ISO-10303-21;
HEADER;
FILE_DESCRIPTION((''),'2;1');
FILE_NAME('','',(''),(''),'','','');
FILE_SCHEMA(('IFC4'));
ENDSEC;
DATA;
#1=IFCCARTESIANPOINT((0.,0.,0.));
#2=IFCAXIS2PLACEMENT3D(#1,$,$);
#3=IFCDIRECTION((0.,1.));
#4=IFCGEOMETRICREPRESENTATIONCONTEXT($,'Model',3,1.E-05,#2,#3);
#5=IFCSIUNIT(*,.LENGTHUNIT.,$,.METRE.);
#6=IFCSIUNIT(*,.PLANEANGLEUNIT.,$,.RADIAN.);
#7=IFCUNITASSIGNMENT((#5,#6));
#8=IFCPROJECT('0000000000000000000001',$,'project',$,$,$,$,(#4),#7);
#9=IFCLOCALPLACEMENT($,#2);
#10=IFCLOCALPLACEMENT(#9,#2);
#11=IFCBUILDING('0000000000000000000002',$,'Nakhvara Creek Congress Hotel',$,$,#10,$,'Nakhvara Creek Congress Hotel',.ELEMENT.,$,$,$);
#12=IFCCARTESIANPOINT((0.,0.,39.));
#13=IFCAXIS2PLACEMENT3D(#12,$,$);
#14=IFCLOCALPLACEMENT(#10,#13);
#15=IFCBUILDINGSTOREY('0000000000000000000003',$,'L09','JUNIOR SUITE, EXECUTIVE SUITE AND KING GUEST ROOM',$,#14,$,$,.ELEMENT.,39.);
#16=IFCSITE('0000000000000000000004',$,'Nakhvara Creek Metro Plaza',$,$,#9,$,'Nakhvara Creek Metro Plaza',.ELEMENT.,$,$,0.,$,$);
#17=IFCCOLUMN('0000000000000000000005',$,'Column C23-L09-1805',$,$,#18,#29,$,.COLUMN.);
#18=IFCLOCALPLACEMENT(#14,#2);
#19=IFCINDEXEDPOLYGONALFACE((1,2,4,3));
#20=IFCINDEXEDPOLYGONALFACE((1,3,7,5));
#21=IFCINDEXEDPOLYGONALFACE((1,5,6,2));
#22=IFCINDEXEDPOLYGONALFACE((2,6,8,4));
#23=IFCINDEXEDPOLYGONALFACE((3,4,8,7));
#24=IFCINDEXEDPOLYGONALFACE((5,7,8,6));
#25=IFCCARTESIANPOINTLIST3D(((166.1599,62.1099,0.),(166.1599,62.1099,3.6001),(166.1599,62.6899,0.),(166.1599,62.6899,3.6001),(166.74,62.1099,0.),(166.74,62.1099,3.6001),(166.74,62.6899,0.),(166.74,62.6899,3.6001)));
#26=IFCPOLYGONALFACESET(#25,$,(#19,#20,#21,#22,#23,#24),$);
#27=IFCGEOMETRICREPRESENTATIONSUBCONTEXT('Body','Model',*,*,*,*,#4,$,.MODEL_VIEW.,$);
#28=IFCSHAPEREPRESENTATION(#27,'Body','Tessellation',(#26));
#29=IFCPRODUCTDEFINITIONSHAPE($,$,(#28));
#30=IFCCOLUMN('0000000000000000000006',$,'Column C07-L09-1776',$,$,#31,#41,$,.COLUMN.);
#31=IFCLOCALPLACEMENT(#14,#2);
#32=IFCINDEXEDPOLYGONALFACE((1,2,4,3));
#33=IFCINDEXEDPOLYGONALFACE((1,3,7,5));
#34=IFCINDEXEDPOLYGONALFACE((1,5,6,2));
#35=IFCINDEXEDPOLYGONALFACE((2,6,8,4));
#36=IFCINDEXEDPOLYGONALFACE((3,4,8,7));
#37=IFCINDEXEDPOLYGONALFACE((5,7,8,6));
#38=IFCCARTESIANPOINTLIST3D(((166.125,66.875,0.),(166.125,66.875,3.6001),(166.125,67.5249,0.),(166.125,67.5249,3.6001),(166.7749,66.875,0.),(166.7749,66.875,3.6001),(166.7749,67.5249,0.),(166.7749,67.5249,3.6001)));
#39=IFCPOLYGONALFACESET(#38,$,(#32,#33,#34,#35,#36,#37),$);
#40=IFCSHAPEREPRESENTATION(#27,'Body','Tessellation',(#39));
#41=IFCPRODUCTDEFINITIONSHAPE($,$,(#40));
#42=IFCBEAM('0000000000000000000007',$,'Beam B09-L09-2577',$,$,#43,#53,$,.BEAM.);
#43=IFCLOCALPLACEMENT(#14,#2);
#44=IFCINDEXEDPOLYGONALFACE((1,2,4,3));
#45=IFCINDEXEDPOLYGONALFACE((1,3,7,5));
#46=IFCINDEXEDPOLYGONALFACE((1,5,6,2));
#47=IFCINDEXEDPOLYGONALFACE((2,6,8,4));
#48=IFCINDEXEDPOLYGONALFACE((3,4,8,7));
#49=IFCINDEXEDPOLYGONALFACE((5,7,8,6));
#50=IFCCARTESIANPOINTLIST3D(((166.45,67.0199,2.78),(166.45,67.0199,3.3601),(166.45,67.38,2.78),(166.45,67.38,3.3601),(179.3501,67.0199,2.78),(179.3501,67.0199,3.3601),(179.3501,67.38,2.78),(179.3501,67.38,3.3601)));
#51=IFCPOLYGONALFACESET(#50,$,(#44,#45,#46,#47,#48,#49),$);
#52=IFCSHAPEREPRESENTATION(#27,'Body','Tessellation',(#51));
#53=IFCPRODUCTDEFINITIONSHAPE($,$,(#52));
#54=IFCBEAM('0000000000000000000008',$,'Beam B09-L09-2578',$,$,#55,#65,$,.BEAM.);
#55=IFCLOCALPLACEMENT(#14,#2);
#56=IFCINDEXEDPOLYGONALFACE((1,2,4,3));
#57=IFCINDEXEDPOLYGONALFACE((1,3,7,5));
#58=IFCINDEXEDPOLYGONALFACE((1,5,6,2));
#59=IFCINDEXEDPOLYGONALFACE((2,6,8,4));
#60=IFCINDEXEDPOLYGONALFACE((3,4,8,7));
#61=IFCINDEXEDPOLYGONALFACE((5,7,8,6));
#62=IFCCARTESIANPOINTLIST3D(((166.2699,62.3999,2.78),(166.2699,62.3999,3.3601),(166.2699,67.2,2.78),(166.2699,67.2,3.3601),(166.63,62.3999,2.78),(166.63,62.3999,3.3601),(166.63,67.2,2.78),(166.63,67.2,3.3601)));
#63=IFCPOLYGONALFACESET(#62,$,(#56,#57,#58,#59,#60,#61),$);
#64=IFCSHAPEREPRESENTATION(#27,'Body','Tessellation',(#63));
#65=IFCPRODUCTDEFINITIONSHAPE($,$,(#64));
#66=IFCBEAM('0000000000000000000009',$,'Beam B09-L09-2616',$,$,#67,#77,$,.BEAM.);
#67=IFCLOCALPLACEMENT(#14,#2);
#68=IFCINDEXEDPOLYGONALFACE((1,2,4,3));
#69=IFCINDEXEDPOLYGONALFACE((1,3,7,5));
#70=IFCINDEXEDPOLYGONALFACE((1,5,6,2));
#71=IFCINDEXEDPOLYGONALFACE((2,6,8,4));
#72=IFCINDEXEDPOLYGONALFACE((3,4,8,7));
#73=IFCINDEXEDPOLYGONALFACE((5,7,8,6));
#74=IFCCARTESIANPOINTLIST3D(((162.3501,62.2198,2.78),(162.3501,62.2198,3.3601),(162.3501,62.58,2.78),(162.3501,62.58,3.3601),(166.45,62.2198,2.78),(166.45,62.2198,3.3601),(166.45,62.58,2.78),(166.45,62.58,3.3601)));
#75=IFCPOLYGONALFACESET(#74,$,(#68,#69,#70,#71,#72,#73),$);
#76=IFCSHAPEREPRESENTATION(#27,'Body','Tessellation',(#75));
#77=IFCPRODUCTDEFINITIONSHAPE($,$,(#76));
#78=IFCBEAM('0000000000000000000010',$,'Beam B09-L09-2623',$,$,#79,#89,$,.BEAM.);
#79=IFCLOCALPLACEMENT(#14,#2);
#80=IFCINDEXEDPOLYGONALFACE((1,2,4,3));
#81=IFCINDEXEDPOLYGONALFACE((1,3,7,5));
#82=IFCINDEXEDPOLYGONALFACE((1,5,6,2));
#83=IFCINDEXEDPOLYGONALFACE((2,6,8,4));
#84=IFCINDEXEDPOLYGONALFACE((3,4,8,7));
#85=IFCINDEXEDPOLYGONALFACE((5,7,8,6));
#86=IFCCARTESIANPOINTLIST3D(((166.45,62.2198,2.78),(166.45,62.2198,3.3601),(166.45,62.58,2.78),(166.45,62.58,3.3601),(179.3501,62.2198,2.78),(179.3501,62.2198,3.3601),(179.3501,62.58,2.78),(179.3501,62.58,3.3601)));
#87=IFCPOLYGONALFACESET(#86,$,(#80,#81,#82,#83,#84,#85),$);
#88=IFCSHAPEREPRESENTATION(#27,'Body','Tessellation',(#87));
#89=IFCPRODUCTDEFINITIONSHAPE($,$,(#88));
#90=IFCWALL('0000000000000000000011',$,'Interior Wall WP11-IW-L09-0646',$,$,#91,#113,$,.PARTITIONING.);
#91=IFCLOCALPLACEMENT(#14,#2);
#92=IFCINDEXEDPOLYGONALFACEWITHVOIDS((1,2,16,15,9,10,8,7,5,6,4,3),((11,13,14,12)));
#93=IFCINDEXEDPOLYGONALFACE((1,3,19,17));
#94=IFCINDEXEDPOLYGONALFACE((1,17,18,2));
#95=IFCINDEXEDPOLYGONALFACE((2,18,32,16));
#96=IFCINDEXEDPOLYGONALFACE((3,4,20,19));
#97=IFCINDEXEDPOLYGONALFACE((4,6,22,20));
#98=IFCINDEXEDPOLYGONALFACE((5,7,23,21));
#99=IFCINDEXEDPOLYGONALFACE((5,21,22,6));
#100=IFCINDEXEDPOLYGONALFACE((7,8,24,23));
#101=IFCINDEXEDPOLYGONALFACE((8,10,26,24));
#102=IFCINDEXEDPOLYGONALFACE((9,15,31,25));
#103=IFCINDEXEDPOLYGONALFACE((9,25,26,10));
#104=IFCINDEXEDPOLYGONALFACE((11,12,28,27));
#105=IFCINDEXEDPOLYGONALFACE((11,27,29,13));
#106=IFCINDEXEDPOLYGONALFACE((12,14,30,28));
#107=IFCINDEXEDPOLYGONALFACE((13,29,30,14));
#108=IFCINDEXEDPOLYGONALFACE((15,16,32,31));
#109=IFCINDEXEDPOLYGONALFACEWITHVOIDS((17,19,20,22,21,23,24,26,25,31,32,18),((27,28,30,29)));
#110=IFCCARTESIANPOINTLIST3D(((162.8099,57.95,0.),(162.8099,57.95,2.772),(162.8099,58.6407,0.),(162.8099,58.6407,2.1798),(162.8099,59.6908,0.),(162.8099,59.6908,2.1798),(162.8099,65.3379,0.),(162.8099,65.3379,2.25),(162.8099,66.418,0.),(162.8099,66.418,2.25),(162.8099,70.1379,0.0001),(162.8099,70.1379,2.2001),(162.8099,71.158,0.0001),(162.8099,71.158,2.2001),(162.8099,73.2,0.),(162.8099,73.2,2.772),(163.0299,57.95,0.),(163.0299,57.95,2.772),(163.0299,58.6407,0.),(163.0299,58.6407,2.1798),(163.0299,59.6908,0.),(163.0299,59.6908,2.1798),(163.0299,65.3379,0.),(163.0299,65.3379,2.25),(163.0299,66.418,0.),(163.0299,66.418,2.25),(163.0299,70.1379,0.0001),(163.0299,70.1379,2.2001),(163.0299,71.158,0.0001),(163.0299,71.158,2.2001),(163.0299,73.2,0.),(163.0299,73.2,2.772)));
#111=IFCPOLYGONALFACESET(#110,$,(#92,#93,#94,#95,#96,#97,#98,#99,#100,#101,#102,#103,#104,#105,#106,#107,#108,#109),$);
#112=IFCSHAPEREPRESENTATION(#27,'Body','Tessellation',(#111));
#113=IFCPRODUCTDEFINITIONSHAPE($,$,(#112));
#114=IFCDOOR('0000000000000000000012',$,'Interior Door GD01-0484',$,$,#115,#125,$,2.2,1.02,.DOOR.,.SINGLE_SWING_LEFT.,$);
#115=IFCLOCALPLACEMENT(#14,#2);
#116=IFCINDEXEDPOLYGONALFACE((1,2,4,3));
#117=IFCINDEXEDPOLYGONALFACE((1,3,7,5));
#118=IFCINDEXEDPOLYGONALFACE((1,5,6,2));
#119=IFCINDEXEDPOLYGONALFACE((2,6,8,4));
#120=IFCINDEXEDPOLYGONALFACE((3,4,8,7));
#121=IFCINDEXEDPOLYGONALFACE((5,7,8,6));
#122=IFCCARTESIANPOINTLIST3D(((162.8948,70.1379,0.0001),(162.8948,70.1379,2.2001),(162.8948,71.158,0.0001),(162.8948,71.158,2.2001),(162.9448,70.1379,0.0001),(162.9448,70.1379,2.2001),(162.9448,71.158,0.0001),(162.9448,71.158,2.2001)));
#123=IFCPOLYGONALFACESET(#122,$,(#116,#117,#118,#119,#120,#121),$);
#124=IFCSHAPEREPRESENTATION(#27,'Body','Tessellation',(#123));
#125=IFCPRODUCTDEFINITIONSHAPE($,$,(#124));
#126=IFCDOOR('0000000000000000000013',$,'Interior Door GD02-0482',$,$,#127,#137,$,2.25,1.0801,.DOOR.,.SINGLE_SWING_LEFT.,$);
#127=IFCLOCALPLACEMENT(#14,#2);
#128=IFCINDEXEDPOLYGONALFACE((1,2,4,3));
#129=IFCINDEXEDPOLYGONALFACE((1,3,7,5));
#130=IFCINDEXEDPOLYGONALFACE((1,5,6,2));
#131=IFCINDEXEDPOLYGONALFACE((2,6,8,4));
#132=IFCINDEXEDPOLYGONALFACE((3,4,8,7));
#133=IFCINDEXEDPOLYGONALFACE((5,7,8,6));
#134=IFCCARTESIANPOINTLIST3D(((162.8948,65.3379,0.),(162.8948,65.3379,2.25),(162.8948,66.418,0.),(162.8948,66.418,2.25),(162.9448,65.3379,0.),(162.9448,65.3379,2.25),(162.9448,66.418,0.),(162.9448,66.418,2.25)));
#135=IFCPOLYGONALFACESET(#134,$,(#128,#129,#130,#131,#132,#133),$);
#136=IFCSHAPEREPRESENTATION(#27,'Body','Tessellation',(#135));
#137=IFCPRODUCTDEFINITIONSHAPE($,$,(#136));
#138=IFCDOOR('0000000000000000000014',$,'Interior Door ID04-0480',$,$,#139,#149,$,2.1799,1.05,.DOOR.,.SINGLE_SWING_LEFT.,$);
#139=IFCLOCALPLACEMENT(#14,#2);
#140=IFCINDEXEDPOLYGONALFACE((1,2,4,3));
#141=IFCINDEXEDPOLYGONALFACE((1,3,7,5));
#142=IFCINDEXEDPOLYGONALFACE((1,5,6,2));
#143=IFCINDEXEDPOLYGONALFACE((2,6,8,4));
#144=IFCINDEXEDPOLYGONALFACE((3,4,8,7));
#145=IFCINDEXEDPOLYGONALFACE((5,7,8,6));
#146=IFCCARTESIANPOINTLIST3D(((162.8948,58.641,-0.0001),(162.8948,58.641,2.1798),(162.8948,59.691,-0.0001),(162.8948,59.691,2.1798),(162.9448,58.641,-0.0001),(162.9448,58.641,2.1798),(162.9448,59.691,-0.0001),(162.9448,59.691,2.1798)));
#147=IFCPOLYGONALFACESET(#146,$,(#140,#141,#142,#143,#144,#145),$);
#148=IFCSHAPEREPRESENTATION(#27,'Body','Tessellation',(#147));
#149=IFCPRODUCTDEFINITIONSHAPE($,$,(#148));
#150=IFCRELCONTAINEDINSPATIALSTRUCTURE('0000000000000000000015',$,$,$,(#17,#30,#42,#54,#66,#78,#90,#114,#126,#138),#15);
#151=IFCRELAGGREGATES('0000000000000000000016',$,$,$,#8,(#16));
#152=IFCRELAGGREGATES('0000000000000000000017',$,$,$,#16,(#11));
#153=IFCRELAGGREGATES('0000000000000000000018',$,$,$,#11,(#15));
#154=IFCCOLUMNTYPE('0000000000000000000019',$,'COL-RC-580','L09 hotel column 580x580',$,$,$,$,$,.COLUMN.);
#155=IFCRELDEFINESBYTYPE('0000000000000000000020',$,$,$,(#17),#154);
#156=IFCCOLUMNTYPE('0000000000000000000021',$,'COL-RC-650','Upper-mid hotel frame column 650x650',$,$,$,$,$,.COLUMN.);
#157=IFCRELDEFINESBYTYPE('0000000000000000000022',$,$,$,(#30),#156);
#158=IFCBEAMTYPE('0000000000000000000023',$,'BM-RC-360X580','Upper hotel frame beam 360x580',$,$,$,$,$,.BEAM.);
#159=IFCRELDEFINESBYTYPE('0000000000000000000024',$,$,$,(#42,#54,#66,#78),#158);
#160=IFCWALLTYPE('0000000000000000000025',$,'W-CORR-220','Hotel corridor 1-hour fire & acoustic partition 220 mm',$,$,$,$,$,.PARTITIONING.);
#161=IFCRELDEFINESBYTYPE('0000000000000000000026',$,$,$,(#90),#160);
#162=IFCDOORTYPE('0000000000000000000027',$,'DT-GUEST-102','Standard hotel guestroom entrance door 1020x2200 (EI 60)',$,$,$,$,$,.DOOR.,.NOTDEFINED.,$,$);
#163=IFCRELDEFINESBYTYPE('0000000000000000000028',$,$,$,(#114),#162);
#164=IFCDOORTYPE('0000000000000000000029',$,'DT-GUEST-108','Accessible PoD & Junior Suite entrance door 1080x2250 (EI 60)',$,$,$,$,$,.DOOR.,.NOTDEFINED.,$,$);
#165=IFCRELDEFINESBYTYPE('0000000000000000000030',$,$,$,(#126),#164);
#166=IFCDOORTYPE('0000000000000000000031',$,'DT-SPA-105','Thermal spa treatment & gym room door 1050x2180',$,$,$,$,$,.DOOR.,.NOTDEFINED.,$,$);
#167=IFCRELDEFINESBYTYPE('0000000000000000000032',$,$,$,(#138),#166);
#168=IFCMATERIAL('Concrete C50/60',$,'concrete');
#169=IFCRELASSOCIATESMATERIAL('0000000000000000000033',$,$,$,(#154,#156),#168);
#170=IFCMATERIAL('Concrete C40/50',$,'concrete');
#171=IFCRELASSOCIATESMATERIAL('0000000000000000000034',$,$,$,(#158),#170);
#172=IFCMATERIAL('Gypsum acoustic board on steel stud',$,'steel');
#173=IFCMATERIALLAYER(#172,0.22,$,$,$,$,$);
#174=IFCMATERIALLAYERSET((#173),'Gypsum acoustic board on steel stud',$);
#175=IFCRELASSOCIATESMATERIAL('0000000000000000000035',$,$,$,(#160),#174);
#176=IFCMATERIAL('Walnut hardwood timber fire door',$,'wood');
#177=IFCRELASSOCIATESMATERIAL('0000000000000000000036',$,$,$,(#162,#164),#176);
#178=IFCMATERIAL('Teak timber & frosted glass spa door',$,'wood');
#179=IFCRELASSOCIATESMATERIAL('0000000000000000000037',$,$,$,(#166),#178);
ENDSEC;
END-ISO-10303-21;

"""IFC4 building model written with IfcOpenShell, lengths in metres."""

from ifc_helpers import new_model, si_unit, direction, frame, frame_2d, origin, origin_2d, place, context, subcontext, project, spatial, rectangle, extrude, material, layer, layer_set, material_profile, profile_set, type_object, element, fill, save


model = new_model("IFC4")

# Units and contexts
model_context = context("Model", 3, precision=1e-05, world=origin(), true_north=direction((0.0, 1.0)))
body_context = subcontext(model_context, "Body", "Model", "MODEL_VIEW")
ifc_project = project(units=[si_unit("LENGTHUNIT", "METRE"), si_unit("PLANEANGLEUNIT", "RADIAN")], contexts=[model_context])

# Site, building, storey
site_placement = place(None, origin())
site = spatial("IfcSite", under=ifc_project, at=site_placement, Name="Nakhvara Creek Metro Plaza", LongName="Nakhvara Creek Metro Plaza", CompositionType="ELEMENT", RefElevation=0.0)
building_placement = place(site_placement, origin())
building = spatial("IfcBuilding", under=site, at=building_placement, Name="Nakhvara Creek Congress Hotel", LongName="Nakhvara Creek Congress Hotel", CompositionType="ELEMENT")
storey_placement = place(building_placement, frame((0.0, 0.0, 39.0)))
storey = spatial("IfcBuildingStorey", under=building, at=storey_placement, Name="L09", Description="JUNIOR SUITE, EXECUTIVE SUITE AND KING GUEST ROOM", CompositionType="ELEMENT", Elevation=39.0)

# Columns
ifc_material_1 = material(Name="Concrete C50/60", Category="concrete")
ifc_material_profile_1 = material_profile(ifc_material_1, rectangle(XDim=0.5801, YDim=0.5801, at=origin_2d()), Name="RC-COL 580x580", Category="LoadBearing")
ifc_profile_set_1 = profile_set([ifc_material_profile_1], Name="Concrete C50/60")
column_type_1 = type_object("IfcColumnType", Name="COL-RC-580", Description="L09 hotel column 580x580", PredefinedType="COLUMN", material=ifc_profile_set_1)
column_1_placement = place(storey_placement, frame((166.45, 62.3999, 0.0), z_axis=(0.0, 0.0, 1.0), x_axis=(1.0, 0.0, 0.0)))
element("IfcColumn", 1, at=column_1_placement, inside=storey, type_object=column_type_1, Name="Column C23-L09-1805", PredefinedType="COLUMN", context=body_context, shape_type="SweptSolid", body=[
    extrude(rectangle(XDim=0.5801, YDim=0.5801, at=origin_2d()), origin(), (0.0, 0.0, 1.0), 3.6001),
])
ifc_material_profile_2 = material_profile(ifc_material_1, rectangle(XDim=0.6499, YDim=0.6499, at=origin_2d()), Name="RC-COL 650x650", Category="LoadBearing")
ifc_profile_set_2 = profile_set([ifc_material_profile_2], Name="Concrete C50/60")
column_type_2 = type_object("IfcColumnType", Name="COL-RC-650", Description="Upper-mid hotel frame column 650x650", PredefinedType="COLUMN", material=ifc_profile_set_2)
column_2_placement = place(storey_placement, frame((166.45, 67.2, 0.0), z_axis=(0.0, 0.0, 1.0), x_axis=(1.0, 0.0, 0.0)))
element("IfcColumn", 2, at=column_2_placement, inside=storey, type_object=column_type_2, Name="Column C07-L09-1776", PredefinedType="COLUMN", context=body_context, shape_type="SweptSolid", body=[
    extrude(rectangle(XDim=0.6499, YDim=0.6499, at=origin_2d()), origin(), (0.0, 0.0, 1.0), 3.6001),
])

# Beams
ifc_material_2 = material(Name="Concrete C40/50", Category="concrete")
ifc_material_profile_3 = material_profile(ifc_material_2, rectangle(XDim=0.3601, YDim=0.5801, at=origin_2d()), Name="RC-BM 360x580", Category="LoadBearing")
ifc_profile_set_3 = profile_set([ifc_material_profile_3], Name="Concrete C40/50")
beam_type = type_object("IfcBeamType", Name="BM-RC-360X580", Description="Upper hotel frame beam 360x580", PredefinedType="BEAM", material=ifc_profile_set_3)
beam_1_placement = place(storey_placement, frame((166.45, 67.2, 3.0701), z_axis=(1.0, 0.0, 0.0), x_axis=(0.0, 1.0, 0.0)))
element("IfcBeam", 3, at=beam_1_placement, inside=storey, type_object=beam_type, Name="Beam B09-L09-2577", PredefinedType="BEAM", context=body_context, shape_type="SweptSolid", body=[
    extrude(rectangle(XDim=0.3601, YDim=0.5801, at=origin_2d()), origin(), (0.0, 0.0, 1.0), 12.9001),
])
beam_2_placement = place(storey_placement, frame((166.45, 62.3999, 3.0701), z_axis=(0.0, 1.0, 0.0), x_axis=(-1.0, 0.0, 0.0)))
element("IfcBeam", 4, at=beam_2_placement, inside=storey, type_object=beam_type, Name="Beam B09-L09-2578", PredefinedType="BEAM", context=body_context, shape_type="SweptSolid", body=[
    extrude(rectangle(XDim=0.3601, YDim=0.5801, at=origin_2d()), origin(), (0.0, 0.0, 1.0), 4.8),
])
beam_3_placement = place(storey_placement, frame((162.3501, 62.3999, 3.0701), z_axis=(1.0, 0.0, 0.0), x_axis=(0.0, 1.0, 0.0)))
element("IfcBeam", 5, at=beam_3_placement, inside=storey, type_object=beam_type, Name="Beam B09-L09-2616", PredefinedType="BEAM", context=body_context, shape_type="SweptSolid", body=[
    extrude(rectangle(XDim=0.3601, YDim=0.5801, at=origin_2d()), origin(), (0.0, 0.0, 1.0), 4.0999),
])
beam_4_placement = place(storey_placement, frame((166.45, 62.3999, 3.0701), z_axis=(1.0, 0.0, 0.0), x_axis=(0.0, 1.0, 0.0)))
element("IfcBeam", 6, at=beam_4_placement, inside=storey, type_object=beam_type, Name="Beam B09-L09-2623", PredefinedType="BEAM", context=body_context, shape_type="SweptSolid", body=[
    extrude(rectangle(XDim=0.3601, YDim=0.5801, at=origin_2d()), origin(), (0.0, 0.0, 1.0), 12.9001),
])

# Wall, openings, doors
ifc_material_3 = material(Name="Gypsum acoustic board on steel stud", Category="steel")
ifc_layer = layer(ifc_material_3, 0.22)
ifc_layer_set = layer_set([ifc_layer], Name="Gypsum acoustic board on steel stud")
wall_type = type_object("IfcWallType", Name="W-CORR-220", Description="Hotel corridor 1-hour fire & acoustic partition 220 mm", PredefinedType="PARTITIONING", material=ifc_layer_set)
wall_1_placement = place(storey_placement, frame((162.9199, 57.95, 0.0), z_axis=(0.0, 0.0, 1.0), x_axis=(0.0, 1.0, 0.0)))
wall_1 = element("IfcWall", 7, at=wall_1_placement, inside=storey, type_object=wall_type, Name="Interior Wall WP11-IW-L09-0646", PredefinedType="PARTITIONING", context=body_context, shape_type="SweptSolid", body=[
    extrude(rectangle(XDim=15.25, YDim=0.22, at=frame_2d((7.625, 0.0))), origin(), (0.0, 0.0, 1.0), 2.772),
])
opening_1_placement = place(wall_1_placement, frame((0.6909, 0.0, 0.0)))
opening_1 = element("IfcOpeningElement", 8, at=opening_1_placement, cuts=wall_1, PredefinedType="OPENING", context=body_context, shape_type="SweptSolid", body=[
    extrude(rectangle(XDim=1.05, YDim=2.1799, at=frame_2d((0.5249, 1.0898))), frame((0.0, 0.1221, 0.0), z_axis=(0.0, -1.0, 0.0), x_axis=(1.0, 0.0, 0.0)), (0.0, 0.0, 1.0), 0.2439),
])
opening_2_placement = place(wall_1_placement, frame((7.3879, 0.0, 0.0)))
opening_2 = element("IfcOpeningElement", 9, at=opening_2_placement, cuts=wall_1, PredefinedType="OPENING", context=body_context, shape_type="SweptSolid", body=[
    extrude(rectangle(XDim=1.0801, YDim=2.25, at=frame_2d((0.54, 1.125))), frame((0.0, 0.1221, 0.0), z_axis=(0.0, -1.0, 0.0), x_axis=(1.0, 0.0, 0.0)), (0.0, 0.0, 1.0), 0.2439),
])
opening_3_placement = place(wall_1_placement, frame((12.188, 0.0, 0.0)))
opening_3 = element("IfcOpeningElement", 10, at=opening_3_placement, cuts=wall_1, PredefinedType="OPENING", context=body_context, shape_type="SweptSolid", body=[
    extrude(rectangle(XDim=1.02, YDim=2.2, at=frame_2d((0.51, 1.1001))), frame((0.0, 0.1221, 0.0), z_axis=(0.0, -1.0, 0.0), x_axis=(1.0, 0.0, 0.0)), (0.0, 0.0, 1.0), 0.2439),
])
ifc_material_4 = material(Name="Walnut hardwood timber fire door", Category="wood")
door_type_1 = type_object("IfcDoorType", Name="DT-GUEST-102", Description="Standard hotel guestroom entrance door 1020x2200 (EI 60)", OperationType="NOTDEFINED", PredefinedType="DOOR", material=ifc_material_4)
door_1_placement = place(opening_3_placement, frame((1.02, 0.0, 0.0), z_axis=(0.0, 0.0, 1.0), x_axis=(-1.0, 0.0, 0.0)))
door_1 = element("IfcDoor", 11, at=door_1_placement, inside=storey, type_object=door_type_1, Name="Interior Door GD01-0484", OperationType="SINGLE_SWING_LEFT", OverallHeight=2.2, OverallWidth=1.02, PredefinedType="DOOR", context=body_context, shape_type="SweptSolid", body=[
    extrude(rectangle(XDim=1.02, YDim=2.2, at=frame_2d((0.51, 1.1001))), frame((0.0, 0.0249, 0.0), z_axis=(0.0, -1.0, 0.0), x_axis=(1.0, 0.0, 0.0)), (0.0, 0.0, 1.0), 0.05),
])
fill(opening_3, door_1)
door_type_2 = type_object("IfcDoorType", Name="DT-GUEST-108", Description="Accessible PoD & Junior Suite entrance door 1080x2250 (EI 60)", OperationType="NOTDEFINED", PredefinedType="DOOR", material=ifc_material_4)
door_2_placement = place(opening_2_placement, frame((1.0801, 0.0, 0.0), z_axis=(0.0, 0.0, 1.0), x_axis=(-1.0, 0.0, 0.0)))
door_2 = element("IfcDoor", 12, at=door_2_placement, inside=storey, type_object=door_type_2, Name="Interior Door GD02-0482", OperationType="SINGLE_SWING_LEFT", OverallHeight=2.25, OverallWidth=1.0801, PredefinedType="DOOR", context=body_context, shape_type="SweptSolid", body=[
    extrude(rectangle(XDim=1.0801, YDim=2.25, at=frame_2d((0.54, 1.125))), frame((0.0, 0.0249, 0.0), z_axis=(0.0, -1.0, 0.0), x_axis=(1.0, 0.0, 0.0)), (0.0, 0.0, 1.0), 0.05),
])
fill(opening_2, door_2)
ifc_material_5 = material(Name="Teak timber & frosted glass spa door", Category="wood")
door_type_3 = type_object("IfcDoorType", Name="DT-SPA-105", Description="Thermal spa treatment & gym room door 1050x2180", OperationType="NOTDEFINED", PredefinedType="DOOR", material=ifc_material_5)
door_3_placement = place(opening_1_placement, frame((1.05, 0.0, 0.0), z_axis=(0.0, 0.0, 1.0), x_axis=(-1.0, 0.0, 0.0)))
door_3 = element("IfcDoor", 13, at=door_3_placement, inside=storey, type_object=door_type_3, Name="Interior Door ID04-0480", OperationType="SINGLE_SWING_LEFT", OverallHeight=2.1799, OverallWidth=1.05, PredefinedType="DOOR", context=body_context, shape_type="SweptSolid", body=[
    extrude(rectangle(XDim=1.05, YDim=2.1799, at=frame_2d((0.5249, 1.0898))), frame((0.0, 0.0249, 0.0), z_axis=(0.0, -1.0, 0.0), x_axis=(1.0, 0.0, 0.0)), (0.0, 0.0, 1.0), 0.05),
])
fill(opening_1, door_3)

save(model, "model.ifc")
